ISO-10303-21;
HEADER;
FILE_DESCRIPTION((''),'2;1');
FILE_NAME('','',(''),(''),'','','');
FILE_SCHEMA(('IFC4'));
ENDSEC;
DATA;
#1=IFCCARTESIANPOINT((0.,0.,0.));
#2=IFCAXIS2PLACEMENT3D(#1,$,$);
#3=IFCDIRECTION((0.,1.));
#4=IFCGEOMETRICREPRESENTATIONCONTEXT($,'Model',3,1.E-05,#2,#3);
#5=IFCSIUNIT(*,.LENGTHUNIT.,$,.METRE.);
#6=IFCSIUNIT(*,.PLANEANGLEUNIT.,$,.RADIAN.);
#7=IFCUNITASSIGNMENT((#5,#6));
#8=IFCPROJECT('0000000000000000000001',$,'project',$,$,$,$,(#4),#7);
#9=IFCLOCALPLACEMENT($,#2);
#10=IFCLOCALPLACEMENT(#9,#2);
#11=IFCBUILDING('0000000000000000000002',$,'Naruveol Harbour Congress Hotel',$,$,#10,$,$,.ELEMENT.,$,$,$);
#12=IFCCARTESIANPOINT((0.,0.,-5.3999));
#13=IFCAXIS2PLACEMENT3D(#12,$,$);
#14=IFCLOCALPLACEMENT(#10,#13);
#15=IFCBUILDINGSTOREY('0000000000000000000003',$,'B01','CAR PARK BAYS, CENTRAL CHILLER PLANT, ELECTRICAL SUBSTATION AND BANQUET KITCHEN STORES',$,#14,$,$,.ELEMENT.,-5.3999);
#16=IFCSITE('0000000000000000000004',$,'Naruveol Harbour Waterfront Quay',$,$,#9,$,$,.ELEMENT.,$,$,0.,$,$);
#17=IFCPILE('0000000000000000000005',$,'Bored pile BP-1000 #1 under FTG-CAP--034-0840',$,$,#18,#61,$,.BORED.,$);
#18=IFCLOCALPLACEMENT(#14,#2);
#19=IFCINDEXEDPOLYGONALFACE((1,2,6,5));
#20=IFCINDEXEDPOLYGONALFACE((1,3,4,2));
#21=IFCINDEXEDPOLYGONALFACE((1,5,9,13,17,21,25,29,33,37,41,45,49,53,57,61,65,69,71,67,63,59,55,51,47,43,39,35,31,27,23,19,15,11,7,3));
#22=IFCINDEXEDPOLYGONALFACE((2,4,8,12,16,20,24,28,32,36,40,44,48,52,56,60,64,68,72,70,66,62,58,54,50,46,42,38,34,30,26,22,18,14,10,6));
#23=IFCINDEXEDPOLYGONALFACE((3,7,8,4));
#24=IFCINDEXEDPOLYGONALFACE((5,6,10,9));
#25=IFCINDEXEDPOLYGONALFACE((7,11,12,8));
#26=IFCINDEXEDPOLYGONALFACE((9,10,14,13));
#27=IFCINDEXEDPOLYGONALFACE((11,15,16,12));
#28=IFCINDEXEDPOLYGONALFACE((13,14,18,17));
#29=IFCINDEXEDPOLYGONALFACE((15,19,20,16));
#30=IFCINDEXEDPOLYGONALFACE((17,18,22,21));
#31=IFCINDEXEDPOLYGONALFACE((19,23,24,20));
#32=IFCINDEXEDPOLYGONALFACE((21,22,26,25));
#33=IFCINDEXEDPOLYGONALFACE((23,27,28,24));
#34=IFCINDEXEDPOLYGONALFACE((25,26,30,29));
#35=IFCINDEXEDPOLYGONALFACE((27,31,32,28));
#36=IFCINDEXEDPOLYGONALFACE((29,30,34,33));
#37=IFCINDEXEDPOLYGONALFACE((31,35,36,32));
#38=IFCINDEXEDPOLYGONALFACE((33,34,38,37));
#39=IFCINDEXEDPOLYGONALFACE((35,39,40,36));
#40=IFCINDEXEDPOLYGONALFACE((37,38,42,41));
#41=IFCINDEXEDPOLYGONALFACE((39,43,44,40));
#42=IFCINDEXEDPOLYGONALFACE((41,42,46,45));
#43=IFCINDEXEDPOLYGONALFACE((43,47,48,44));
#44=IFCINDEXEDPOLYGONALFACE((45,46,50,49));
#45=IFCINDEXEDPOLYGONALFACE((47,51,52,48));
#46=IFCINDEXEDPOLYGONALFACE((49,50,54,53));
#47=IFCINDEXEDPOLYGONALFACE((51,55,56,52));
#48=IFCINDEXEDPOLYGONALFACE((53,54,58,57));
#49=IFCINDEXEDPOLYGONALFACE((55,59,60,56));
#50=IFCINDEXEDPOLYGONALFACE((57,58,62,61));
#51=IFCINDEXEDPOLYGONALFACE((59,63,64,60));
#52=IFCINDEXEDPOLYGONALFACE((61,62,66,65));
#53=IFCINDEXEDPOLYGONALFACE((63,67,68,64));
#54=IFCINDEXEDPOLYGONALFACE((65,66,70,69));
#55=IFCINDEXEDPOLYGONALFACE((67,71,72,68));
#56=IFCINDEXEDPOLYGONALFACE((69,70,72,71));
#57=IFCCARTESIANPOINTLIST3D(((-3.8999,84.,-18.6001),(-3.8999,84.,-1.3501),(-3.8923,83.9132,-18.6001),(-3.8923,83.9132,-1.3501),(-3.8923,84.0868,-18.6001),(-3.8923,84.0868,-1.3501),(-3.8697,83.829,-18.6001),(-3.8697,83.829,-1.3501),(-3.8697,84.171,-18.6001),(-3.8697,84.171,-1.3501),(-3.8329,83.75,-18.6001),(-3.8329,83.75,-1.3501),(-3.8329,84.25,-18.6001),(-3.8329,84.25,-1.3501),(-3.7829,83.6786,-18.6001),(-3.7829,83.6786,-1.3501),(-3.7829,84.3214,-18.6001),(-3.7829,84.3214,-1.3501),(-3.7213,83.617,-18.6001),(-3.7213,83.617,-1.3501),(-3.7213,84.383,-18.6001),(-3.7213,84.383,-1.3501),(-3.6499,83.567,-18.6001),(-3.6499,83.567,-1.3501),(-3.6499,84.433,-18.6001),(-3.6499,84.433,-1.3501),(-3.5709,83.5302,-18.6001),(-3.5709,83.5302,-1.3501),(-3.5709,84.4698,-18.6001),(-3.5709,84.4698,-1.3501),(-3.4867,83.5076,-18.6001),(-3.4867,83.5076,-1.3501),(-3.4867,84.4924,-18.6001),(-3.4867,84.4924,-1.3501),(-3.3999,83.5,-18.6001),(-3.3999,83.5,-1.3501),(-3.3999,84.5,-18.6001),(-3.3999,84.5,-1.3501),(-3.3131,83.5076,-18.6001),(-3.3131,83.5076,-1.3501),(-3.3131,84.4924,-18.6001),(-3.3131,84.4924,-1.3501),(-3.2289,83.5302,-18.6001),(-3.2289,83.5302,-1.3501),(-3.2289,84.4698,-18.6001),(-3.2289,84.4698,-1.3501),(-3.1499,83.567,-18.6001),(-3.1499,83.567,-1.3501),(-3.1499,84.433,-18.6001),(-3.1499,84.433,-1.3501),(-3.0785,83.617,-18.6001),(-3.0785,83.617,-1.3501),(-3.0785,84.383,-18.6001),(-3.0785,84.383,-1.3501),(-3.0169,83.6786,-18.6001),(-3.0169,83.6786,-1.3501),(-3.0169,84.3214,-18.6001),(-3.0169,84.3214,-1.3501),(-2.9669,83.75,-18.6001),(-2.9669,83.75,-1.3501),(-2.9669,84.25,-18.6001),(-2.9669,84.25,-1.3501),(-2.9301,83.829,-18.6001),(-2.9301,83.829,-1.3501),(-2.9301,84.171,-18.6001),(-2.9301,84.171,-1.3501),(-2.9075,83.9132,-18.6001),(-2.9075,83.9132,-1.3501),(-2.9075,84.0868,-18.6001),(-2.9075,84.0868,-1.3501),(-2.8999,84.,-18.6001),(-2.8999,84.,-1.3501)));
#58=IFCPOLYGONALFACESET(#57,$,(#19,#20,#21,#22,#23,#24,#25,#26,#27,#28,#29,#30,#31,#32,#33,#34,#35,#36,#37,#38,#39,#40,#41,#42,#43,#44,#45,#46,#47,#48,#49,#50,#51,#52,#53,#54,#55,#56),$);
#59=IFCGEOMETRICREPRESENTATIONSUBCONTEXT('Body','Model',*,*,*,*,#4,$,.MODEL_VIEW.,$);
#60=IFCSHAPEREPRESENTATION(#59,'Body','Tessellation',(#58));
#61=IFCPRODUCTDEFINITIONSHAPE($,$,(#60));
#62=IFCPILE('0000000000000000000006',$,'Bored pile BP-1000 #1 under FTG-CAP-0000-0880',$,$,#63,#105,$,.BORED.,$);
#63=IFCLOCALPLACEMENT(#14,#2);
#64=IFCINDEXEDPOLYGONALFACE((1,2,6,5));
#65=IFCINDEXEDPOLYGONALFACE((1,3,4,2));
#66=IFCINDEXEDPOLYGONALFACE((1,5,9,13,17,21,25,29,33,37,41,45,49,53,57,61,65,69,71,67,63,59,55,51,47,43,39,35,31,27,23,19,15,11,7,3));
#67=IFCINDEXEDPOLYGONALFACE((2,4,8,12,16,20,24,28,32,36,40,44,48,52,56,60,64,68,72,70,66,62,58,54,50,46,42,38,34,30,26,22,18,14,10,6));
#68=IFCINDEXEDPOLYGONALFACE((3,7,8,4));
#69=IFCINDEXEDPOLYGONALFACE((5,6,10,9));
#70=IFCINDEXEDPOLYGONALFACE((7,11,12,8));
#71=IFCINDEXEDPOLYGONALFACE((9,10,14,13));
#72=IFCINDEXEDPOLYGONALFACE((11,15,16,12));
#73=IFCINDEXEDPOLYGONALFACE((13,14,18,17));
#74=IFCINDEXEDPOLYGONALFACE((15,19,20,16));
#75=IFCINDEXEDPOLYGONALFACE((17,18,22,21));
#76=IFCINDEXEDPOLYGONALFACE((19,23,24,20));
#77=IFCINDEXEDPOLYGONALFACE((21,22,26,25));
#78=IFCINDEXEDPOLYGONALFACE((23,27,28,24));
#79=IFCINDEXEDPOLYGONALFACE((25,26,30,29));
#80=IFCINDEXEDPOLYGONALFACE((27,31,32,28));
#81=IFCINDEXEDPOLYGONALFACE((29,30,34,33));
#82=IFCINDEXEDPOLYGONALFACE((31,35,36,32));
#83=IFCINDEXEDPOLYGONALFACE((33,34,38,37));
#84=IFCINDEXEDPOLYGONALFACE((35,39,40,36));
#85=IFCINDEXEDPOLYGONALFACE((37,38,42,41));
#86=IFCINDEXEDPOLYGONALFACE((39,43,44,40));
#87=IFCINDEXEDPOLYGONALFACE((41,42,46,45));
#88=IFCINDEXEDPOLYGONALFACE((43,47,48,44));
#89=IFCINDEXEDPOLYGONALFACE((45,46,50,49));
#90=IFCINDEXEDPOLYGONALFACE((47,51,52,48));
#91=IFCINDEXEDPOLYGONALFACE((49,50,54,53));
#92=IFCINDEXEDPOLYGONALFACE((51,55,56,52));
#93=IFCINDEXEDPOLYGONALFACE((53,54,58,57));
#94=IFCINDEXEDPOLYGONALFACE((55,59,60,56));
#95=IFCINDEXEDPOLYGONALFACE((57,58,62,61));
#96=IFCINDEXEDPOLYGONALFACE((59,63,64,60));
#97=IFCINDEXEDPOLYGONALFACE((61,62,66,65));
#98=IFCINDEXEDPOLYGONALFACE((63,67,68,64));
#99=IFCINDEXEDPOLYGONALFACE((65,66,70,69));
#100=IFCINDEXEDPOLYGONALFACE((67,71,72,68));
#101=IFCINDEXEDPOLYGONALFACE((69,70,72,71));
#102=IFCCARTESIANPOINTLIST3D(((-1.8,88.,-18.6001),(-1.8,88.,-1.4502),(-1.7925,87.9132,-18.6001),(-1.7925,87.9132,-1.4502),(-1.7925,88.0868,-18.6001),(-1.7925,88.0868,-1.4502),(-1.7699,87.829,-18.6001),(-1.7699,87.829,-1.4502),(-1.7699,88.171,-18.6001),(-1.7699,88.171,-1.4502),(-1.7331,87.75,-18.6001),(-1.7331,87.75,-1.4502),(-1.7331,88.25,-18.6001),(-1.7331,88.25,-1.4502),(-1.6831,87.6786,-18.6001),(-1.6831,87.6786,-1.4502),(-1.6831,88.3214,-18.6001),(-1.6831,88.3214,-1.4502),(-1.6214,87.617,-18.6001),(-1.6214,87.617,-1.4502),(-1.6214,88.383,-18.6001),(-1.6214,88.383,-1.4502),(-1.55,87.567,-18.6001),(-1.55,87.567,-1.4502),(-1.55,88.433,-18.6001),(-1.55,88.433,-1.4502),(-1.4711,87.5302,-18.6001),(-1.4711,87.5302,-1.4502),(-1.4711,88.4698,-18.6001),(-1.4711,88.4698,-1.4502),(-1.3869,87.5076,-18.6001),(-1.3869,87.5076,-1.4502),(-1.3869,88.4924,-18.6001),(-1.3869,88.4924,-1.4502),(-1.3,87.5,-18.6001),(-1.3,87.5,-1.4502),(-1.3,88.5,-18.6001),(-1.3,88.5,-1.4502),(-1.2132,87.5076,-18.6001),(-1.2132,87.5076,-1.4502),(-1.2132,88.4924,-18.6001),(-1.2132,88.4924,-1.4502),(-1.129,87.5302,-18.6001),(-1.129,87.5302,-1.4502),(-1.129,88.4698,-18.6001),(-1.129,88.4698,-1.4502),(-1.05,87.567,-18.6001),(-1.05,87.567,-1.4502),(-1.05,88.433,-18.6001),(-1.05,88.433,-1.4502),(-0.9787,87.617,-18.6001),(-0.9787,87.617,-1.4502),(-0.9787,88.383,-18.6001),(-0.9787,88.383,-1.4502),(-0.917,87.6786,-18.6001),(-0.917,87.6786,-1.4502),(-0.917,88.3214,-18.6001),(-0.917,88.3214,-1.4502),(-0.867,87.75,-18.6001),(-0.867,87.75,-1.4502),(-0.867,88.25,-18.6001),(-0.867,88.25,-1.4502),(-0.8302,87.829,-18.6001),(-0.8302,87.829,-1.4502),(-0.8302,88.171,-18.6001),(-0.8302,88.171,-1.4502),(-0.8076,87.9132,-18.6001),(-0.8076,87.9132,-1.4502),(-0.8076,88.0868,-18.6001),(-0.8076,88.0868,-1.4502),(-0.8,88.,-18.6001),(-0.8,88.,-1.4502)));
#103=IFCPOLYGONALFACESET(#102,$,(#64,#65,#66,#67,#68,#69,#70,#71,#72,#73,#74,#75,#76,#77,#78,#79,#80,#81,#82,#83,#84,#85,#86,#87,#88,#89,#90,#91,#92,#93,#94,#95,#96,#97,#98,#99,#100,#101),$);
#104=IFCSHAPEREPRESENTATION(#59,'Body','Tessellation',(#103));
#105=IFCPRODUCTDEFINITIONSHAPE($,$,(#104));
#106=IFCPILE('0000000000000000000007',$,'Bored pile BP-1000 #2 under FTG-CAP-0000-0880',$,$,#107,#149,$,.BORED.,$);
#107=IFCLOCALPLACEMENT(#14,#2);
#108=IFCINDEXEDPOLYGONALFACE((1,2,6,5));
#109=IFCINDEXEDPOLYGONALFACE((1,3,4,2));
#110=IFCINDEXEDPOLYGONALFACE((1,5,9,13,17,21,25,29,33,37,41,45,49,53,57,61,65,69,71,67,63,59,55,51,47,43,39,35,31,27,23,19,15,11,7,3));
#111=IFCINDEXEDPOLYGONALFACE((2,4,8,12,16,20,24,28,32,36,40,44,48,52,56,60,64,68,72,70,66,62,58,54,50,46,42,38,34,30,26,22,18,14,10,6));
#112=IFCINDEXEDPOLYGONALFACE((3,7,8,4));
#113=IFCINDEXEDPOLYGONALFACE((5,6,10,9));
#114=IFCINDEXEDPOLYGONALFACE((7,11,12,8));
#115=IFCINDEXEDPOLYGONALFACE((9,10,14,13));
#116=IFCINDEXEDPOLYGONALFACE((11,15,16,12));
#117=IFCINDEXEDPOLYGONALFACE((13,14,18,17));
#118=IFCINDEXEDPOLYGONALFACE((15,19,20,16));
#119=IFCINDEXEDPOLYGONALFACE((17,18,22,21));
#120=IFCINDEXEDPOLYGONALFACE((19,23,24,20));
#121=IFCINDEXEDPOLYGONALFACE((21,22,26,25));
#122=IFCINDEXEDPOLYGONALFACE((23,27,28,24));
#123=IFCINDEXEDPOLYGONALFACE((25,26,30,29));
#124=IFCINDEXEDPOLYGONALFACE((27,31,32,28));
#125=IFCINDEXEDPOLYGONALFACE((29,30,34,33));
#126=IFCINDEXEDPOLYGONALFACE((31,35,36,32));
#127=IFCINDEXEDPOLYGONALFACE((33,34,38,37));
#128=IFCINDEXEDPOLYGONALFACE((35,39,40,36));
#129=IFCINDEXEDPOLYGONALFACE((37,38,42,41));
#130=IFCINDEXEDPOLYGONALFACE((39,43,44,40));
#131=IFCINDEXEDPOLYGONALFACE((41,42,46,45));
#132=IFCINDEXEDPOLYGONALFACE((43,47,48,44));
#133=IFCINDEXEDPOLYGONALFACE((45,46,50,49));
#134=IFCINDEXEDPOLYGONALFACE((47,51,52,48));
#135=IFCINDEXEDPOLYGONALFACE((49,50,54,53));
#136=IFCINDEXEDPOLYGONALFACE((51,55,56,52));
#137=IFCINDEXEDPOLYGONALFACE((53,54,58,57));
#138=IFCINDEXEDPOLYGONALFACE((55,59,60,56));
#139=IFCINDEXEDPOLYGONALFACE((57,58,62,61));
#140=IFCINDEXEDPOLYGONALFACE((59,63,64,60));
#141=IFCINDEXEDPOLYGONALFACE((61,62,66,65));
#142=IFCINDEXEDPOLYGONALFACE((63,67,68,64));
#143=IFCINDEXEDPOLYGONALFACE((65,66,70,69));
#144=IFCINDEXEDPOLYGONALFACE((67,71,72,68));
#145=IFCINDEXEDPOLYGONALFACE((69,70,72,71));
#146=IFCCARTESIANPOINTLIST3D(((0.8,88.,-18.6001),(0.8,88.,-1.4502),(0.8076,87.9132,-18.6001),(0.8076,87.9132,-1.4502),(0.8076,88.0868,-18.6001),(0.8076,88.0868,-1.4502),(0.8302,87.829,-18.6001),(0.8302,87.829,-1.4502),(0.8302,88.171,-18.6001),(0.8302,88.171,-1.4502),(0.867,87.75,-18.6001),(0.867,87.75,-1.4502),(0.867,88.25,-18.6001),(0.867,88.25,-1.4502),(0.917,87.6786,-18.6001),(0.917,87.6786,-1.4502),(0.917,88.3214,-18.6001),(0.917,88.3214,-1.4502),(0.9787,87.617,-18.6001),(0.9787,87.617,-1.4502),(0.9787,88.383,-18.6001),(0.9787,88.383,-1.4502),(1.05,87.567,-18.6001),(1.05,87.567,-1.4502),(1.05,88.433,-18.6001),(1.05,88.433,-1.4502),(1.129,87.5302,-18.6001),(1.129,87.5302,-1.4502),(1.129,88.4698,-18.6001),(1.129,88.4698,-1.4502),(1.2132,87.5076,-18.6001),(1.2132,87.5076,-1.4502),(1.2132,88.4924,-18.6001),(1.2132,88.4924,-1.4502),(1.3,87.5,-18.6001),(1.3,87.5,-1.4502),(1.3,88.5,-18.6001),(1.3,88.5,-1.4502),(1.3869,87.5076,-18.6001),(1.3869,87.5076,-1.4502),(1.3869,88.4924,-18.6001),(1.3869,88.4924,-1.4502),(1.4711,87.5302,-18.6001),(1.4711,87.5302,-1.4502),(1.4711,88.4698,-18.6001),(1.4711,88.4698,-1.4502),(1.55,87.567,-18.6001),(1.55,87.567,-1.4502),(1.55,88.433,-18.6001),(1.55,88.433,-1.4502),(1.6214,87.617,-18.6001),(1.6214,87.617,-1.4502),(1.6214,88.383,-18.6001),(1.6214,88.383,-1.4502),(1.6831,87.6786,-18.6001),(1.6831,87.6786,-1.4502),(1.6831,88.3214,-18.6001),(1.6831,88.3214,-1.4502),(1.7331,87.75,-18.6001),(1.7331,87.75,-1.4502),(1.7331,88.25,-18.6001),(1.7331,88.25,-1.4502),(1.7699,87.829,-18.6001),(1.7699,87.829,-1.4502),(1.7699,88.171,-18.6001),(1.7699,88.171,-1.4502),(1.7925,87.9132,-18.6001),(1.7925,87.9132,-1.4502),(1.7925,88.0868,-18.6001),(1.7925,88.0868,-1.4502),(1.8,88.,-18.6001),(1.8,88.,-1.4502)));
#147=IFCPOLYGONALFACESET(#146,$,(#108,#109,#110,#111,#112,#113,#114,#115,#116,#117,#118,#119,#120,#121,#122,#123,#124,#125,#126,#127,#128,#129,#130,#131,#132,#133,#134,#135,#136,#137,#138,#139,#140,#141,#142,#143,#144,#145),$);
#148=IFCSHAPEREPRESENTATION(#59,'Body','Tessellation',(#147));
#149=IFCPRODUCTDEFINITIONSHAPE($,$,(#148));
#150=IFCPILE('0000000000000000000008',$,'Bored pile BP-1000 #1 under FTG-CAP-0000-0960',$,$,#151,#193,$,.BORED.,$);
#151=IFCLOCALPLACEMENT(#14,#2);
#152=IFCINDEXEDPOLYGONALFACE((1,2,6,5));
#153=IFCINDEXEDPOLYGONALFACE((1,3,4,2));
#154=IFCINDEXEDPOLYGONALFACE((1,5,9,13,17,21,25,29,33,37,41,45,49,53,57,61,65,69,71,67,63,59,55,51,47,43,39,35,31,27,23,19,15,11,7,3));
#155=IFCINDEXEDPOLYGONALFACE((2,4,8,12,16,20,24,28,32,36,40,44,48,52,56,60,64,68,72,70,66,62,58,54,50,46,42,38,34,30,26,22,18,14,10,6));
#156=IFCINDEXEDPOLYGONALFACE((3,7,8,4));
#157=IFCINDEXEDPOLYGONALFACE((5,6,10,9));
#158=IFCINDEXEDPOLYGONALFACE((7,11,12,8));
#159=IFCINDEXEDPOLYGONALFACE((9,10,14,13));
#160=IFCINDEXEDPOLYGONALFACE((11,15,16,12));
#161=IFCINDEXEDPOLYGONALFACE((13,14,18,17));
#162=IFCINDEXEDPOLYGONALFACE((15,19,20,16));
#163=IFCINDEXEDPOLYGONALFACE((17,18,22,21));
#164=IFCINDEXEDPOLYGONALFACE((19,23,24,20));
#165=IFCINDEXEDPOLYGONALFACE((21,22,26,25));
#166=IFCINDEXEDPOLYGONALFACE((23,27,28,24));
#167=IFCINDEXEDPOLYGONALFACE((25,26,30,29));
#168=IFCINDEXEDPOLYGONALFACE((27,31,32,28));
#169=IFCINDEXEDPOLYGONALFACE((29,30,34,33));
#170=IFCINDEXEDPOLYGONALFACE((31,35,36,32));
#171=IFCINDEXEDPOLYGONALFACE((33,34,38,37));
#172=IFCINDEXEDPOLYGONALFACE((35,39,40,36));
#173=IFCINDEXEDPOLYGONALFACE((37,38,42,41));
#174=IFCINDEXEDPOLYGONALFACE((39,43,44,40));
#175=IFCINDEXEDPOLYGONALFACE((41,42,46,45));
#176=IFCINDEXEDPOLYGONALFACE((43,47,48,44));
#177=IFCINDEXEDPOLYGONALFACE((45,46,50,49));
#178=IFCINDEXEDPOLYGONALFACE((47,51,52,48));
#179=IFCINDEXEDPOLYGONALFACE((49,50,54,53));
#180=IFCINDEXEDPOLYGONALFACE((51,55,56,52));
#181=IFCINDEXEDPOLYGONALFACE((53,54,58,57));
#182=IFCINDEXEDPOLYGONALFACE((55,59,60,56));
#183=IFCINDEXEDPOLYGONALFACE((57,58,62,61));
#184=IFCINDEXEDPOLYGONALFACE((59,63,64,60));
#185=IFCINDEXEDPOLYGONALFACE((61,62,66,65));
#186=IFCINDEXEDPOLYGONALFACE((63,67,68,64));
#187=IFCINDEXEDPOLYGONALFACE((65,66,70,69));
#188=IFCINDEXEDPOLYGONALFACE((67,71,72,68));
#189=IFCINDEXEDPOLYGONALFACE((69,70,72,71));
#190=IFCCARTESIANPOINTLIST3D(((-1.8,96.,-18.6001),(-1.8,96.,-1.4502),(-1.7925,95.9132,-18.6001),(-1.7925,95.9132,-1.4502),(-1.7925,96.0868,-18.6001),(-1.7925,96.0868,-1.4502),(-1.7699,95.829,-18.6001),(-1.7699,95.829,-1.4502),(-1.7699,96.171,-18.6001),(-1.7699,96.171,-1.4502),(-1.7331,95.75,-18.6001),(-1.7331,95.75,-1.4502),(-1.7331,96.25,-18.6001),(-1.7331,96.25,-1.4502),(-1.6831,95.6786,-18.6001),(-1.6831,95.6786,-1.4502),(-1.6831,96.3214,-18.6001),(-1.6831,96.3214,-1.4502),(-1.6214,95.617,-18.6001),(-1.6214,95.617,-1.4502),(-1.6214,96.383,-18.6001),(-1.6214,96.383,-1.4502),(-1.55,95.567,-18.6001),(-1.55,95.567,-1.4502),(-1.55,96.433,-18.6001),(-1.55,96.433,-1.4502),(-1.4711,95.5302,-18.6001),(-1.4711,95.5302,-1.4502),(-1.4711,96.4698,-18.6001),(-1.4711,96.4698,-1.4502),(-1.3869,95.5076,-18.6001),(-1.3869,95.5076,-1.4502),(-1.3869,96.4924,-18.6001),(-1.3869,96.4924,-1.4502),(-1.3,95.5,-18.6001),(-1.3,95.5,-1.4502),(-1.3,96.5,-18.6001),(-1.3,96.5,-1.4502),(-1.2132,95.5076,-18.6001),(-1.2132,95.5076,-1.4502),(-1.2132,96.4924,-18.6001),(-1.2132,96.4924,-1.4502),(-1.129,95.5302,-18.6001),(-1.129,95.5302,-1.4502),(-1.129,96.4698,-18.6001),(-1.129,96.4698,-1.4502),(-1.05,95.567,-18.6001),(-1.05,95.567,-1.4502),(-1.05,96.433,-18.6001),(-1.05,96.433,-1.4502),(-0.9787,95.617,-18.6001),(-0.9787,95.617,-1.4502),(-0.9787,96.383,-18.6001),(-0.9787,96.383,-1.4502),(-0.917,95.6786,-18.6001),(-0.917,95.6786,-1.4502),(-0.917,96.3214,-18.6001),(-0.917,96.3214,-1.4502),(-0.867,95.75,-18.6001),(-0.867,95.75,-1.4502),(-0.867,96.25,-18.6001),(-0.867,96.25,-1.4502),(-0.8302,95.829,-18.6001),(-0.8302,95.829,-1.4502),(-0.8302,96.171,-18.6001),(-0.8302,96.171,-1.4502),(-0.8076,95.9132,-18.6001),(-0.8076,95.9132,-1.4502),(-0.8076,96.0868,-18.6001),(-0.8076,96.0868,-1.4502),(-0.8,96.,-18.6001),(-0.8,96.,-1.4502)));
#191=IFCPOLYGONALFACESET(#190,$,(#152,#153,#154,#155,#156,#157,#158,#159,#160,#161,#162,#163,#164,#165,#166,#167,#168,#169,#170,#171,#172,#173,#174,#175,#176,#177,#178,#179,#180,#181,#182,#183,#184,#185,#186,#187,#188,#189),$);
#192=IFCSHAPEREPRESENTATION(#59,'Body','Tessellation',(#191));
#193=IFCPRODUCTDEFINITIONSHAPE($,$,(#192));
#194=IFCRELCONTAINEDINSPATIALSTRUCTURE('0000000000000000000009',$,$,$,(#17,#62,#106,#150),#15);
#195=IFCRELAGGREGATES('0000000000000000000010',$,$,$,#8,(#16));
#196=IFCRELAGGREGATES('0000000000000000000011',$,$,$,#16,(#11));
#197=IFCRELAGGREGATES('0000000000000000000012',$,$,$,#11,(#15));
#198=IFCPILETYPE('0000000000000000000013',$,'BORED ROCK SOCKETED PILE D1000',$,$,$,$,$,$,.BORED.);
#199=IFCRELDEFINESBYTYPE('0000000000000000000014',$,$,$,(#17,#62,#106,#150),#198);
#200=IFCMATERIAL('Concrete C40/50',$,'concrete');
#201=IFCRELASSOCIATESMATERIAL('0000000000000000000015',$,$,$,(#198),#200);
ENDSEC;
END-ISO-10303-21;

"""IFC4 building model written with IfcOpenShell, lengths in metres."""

from ifc_helpers import new_model, si_unit, direction, frame, origin, origin_2d, place, context, subcontext, project, spatial, circle, extrude, material, material_profile, profile_set, type_object, element, save


model = new_model("IFC4")

# Units and contexts
model_context = context("Model", 3, precision=1e-05, world=origin(), true_north=direction((0.0, 1.0)))
body_context = subcontext(model_context, "Body", "Model", "MODEL_VIEW")
ifc_project = project(units=[si_unit("LENGTHUNIT", "METRE"), si_unit("PLANEANGLEUNIT", "RADIAN")], contexts=[model_context])

# Site, building, storey
site_placement = place(None, origin())
site = spatial("IfcSite", under=ifc_project, at=site_placement, Name="Naruveol Harbour Waterfront Quay", CompositionType="ELEMENT", RefElevation=0.0)
building_placement = place(site_placement, origin())
building = spatial("IfcBuilding", under=site, at=building_placement, Name="Naruveol Harbour Congress Hotel", CompositionType="ELEMENT")
storey_placement = place(building_placement, frame((0.0, 0.0, -5.3999)))
storey = spatial("IfcBuildingStorey", under=building, at=storey_placement, Name="B01", Description="CAR PARK BAYS, CENTRAL CHILLER PLANT, ELECTRICAL SUBSTATION AND BANQUET KITCHEN STORES", CompositionType="ELEMENT", Elevation=-5.3999)

# Piles
ifc_material_1 = material(Name="Concrete C40/50", Category="concrete")
ifc_material_profile_1 = material_profile(ifc_material_1, circle(Radius=0.5, at=origin_2d()), Name="BP-1000")
ifc_profile_set_1 = profile_set([ifc_material_profile_1], Name="Concrete C40/50")
pile_type = type_object("IfcPileType", Name="BORED ROCK SOCKETED PILE D1000", PredefinedType="BORED", material=ifc_profile_set_1)
pile_placement = place(storey_placement, frame((-3.3999, 84.0, -1.3501), z_axis=(0.0, 0.0, -1.0), x_axis=(1.0, 0.0, 0.0)))
element("IfcPile", 1, at=pile_placement, inside=storey, type_object=pile_type, Name="Bored pile BP-1000 #1 under FTG-CAP--034-0840", PredefinedType="BORED", context=body_context, shape_type="SweptSolid", body=[
    extrude(circle(Radius=0.5, at=origin_2d()), origin(), (0.0, 0.0, 1.0), 17.25),
])
for number, where, z_axis, x_axis, name in (
    (2, (-1.3, 88.0, -1.4502), (0.0, 0.0, -1.0), (1.0, 0.0, 0.0), "Bored pile BP-1000 #1 under FTG-CAP-0000-0880"),
    (3, (1.3, 88.0, -1.4502), (0.0, 0.0, -1.0), (1.0, 0.0, 0.0), "Bored pile BP-1000 #2 under FTG-CAP-0000-0880"),
    (4, (-1.3, 96.0, -1.4502), (0.0, 0.0, -1.0), (1.0, 0.0, 0.0), "Bored pile BP-1000 #1 under FTG-CAP-0000-0960"),
):
    element("IfcPile", number, at=place(storey_placement, frame(where, z_axis=z_axis, x_axis=x_axis)), inside=storey, type_object=pile_type, Name=name, PredefinedType="BORED", context=body_context, shape_type="SweptSolid", body=[
        extrude(circle(Radius=0.5, at=origin_2d()), origin(), (0.0, 0.0, 1.0), 17.1499),
    ])

save(model, "model.ifc")
